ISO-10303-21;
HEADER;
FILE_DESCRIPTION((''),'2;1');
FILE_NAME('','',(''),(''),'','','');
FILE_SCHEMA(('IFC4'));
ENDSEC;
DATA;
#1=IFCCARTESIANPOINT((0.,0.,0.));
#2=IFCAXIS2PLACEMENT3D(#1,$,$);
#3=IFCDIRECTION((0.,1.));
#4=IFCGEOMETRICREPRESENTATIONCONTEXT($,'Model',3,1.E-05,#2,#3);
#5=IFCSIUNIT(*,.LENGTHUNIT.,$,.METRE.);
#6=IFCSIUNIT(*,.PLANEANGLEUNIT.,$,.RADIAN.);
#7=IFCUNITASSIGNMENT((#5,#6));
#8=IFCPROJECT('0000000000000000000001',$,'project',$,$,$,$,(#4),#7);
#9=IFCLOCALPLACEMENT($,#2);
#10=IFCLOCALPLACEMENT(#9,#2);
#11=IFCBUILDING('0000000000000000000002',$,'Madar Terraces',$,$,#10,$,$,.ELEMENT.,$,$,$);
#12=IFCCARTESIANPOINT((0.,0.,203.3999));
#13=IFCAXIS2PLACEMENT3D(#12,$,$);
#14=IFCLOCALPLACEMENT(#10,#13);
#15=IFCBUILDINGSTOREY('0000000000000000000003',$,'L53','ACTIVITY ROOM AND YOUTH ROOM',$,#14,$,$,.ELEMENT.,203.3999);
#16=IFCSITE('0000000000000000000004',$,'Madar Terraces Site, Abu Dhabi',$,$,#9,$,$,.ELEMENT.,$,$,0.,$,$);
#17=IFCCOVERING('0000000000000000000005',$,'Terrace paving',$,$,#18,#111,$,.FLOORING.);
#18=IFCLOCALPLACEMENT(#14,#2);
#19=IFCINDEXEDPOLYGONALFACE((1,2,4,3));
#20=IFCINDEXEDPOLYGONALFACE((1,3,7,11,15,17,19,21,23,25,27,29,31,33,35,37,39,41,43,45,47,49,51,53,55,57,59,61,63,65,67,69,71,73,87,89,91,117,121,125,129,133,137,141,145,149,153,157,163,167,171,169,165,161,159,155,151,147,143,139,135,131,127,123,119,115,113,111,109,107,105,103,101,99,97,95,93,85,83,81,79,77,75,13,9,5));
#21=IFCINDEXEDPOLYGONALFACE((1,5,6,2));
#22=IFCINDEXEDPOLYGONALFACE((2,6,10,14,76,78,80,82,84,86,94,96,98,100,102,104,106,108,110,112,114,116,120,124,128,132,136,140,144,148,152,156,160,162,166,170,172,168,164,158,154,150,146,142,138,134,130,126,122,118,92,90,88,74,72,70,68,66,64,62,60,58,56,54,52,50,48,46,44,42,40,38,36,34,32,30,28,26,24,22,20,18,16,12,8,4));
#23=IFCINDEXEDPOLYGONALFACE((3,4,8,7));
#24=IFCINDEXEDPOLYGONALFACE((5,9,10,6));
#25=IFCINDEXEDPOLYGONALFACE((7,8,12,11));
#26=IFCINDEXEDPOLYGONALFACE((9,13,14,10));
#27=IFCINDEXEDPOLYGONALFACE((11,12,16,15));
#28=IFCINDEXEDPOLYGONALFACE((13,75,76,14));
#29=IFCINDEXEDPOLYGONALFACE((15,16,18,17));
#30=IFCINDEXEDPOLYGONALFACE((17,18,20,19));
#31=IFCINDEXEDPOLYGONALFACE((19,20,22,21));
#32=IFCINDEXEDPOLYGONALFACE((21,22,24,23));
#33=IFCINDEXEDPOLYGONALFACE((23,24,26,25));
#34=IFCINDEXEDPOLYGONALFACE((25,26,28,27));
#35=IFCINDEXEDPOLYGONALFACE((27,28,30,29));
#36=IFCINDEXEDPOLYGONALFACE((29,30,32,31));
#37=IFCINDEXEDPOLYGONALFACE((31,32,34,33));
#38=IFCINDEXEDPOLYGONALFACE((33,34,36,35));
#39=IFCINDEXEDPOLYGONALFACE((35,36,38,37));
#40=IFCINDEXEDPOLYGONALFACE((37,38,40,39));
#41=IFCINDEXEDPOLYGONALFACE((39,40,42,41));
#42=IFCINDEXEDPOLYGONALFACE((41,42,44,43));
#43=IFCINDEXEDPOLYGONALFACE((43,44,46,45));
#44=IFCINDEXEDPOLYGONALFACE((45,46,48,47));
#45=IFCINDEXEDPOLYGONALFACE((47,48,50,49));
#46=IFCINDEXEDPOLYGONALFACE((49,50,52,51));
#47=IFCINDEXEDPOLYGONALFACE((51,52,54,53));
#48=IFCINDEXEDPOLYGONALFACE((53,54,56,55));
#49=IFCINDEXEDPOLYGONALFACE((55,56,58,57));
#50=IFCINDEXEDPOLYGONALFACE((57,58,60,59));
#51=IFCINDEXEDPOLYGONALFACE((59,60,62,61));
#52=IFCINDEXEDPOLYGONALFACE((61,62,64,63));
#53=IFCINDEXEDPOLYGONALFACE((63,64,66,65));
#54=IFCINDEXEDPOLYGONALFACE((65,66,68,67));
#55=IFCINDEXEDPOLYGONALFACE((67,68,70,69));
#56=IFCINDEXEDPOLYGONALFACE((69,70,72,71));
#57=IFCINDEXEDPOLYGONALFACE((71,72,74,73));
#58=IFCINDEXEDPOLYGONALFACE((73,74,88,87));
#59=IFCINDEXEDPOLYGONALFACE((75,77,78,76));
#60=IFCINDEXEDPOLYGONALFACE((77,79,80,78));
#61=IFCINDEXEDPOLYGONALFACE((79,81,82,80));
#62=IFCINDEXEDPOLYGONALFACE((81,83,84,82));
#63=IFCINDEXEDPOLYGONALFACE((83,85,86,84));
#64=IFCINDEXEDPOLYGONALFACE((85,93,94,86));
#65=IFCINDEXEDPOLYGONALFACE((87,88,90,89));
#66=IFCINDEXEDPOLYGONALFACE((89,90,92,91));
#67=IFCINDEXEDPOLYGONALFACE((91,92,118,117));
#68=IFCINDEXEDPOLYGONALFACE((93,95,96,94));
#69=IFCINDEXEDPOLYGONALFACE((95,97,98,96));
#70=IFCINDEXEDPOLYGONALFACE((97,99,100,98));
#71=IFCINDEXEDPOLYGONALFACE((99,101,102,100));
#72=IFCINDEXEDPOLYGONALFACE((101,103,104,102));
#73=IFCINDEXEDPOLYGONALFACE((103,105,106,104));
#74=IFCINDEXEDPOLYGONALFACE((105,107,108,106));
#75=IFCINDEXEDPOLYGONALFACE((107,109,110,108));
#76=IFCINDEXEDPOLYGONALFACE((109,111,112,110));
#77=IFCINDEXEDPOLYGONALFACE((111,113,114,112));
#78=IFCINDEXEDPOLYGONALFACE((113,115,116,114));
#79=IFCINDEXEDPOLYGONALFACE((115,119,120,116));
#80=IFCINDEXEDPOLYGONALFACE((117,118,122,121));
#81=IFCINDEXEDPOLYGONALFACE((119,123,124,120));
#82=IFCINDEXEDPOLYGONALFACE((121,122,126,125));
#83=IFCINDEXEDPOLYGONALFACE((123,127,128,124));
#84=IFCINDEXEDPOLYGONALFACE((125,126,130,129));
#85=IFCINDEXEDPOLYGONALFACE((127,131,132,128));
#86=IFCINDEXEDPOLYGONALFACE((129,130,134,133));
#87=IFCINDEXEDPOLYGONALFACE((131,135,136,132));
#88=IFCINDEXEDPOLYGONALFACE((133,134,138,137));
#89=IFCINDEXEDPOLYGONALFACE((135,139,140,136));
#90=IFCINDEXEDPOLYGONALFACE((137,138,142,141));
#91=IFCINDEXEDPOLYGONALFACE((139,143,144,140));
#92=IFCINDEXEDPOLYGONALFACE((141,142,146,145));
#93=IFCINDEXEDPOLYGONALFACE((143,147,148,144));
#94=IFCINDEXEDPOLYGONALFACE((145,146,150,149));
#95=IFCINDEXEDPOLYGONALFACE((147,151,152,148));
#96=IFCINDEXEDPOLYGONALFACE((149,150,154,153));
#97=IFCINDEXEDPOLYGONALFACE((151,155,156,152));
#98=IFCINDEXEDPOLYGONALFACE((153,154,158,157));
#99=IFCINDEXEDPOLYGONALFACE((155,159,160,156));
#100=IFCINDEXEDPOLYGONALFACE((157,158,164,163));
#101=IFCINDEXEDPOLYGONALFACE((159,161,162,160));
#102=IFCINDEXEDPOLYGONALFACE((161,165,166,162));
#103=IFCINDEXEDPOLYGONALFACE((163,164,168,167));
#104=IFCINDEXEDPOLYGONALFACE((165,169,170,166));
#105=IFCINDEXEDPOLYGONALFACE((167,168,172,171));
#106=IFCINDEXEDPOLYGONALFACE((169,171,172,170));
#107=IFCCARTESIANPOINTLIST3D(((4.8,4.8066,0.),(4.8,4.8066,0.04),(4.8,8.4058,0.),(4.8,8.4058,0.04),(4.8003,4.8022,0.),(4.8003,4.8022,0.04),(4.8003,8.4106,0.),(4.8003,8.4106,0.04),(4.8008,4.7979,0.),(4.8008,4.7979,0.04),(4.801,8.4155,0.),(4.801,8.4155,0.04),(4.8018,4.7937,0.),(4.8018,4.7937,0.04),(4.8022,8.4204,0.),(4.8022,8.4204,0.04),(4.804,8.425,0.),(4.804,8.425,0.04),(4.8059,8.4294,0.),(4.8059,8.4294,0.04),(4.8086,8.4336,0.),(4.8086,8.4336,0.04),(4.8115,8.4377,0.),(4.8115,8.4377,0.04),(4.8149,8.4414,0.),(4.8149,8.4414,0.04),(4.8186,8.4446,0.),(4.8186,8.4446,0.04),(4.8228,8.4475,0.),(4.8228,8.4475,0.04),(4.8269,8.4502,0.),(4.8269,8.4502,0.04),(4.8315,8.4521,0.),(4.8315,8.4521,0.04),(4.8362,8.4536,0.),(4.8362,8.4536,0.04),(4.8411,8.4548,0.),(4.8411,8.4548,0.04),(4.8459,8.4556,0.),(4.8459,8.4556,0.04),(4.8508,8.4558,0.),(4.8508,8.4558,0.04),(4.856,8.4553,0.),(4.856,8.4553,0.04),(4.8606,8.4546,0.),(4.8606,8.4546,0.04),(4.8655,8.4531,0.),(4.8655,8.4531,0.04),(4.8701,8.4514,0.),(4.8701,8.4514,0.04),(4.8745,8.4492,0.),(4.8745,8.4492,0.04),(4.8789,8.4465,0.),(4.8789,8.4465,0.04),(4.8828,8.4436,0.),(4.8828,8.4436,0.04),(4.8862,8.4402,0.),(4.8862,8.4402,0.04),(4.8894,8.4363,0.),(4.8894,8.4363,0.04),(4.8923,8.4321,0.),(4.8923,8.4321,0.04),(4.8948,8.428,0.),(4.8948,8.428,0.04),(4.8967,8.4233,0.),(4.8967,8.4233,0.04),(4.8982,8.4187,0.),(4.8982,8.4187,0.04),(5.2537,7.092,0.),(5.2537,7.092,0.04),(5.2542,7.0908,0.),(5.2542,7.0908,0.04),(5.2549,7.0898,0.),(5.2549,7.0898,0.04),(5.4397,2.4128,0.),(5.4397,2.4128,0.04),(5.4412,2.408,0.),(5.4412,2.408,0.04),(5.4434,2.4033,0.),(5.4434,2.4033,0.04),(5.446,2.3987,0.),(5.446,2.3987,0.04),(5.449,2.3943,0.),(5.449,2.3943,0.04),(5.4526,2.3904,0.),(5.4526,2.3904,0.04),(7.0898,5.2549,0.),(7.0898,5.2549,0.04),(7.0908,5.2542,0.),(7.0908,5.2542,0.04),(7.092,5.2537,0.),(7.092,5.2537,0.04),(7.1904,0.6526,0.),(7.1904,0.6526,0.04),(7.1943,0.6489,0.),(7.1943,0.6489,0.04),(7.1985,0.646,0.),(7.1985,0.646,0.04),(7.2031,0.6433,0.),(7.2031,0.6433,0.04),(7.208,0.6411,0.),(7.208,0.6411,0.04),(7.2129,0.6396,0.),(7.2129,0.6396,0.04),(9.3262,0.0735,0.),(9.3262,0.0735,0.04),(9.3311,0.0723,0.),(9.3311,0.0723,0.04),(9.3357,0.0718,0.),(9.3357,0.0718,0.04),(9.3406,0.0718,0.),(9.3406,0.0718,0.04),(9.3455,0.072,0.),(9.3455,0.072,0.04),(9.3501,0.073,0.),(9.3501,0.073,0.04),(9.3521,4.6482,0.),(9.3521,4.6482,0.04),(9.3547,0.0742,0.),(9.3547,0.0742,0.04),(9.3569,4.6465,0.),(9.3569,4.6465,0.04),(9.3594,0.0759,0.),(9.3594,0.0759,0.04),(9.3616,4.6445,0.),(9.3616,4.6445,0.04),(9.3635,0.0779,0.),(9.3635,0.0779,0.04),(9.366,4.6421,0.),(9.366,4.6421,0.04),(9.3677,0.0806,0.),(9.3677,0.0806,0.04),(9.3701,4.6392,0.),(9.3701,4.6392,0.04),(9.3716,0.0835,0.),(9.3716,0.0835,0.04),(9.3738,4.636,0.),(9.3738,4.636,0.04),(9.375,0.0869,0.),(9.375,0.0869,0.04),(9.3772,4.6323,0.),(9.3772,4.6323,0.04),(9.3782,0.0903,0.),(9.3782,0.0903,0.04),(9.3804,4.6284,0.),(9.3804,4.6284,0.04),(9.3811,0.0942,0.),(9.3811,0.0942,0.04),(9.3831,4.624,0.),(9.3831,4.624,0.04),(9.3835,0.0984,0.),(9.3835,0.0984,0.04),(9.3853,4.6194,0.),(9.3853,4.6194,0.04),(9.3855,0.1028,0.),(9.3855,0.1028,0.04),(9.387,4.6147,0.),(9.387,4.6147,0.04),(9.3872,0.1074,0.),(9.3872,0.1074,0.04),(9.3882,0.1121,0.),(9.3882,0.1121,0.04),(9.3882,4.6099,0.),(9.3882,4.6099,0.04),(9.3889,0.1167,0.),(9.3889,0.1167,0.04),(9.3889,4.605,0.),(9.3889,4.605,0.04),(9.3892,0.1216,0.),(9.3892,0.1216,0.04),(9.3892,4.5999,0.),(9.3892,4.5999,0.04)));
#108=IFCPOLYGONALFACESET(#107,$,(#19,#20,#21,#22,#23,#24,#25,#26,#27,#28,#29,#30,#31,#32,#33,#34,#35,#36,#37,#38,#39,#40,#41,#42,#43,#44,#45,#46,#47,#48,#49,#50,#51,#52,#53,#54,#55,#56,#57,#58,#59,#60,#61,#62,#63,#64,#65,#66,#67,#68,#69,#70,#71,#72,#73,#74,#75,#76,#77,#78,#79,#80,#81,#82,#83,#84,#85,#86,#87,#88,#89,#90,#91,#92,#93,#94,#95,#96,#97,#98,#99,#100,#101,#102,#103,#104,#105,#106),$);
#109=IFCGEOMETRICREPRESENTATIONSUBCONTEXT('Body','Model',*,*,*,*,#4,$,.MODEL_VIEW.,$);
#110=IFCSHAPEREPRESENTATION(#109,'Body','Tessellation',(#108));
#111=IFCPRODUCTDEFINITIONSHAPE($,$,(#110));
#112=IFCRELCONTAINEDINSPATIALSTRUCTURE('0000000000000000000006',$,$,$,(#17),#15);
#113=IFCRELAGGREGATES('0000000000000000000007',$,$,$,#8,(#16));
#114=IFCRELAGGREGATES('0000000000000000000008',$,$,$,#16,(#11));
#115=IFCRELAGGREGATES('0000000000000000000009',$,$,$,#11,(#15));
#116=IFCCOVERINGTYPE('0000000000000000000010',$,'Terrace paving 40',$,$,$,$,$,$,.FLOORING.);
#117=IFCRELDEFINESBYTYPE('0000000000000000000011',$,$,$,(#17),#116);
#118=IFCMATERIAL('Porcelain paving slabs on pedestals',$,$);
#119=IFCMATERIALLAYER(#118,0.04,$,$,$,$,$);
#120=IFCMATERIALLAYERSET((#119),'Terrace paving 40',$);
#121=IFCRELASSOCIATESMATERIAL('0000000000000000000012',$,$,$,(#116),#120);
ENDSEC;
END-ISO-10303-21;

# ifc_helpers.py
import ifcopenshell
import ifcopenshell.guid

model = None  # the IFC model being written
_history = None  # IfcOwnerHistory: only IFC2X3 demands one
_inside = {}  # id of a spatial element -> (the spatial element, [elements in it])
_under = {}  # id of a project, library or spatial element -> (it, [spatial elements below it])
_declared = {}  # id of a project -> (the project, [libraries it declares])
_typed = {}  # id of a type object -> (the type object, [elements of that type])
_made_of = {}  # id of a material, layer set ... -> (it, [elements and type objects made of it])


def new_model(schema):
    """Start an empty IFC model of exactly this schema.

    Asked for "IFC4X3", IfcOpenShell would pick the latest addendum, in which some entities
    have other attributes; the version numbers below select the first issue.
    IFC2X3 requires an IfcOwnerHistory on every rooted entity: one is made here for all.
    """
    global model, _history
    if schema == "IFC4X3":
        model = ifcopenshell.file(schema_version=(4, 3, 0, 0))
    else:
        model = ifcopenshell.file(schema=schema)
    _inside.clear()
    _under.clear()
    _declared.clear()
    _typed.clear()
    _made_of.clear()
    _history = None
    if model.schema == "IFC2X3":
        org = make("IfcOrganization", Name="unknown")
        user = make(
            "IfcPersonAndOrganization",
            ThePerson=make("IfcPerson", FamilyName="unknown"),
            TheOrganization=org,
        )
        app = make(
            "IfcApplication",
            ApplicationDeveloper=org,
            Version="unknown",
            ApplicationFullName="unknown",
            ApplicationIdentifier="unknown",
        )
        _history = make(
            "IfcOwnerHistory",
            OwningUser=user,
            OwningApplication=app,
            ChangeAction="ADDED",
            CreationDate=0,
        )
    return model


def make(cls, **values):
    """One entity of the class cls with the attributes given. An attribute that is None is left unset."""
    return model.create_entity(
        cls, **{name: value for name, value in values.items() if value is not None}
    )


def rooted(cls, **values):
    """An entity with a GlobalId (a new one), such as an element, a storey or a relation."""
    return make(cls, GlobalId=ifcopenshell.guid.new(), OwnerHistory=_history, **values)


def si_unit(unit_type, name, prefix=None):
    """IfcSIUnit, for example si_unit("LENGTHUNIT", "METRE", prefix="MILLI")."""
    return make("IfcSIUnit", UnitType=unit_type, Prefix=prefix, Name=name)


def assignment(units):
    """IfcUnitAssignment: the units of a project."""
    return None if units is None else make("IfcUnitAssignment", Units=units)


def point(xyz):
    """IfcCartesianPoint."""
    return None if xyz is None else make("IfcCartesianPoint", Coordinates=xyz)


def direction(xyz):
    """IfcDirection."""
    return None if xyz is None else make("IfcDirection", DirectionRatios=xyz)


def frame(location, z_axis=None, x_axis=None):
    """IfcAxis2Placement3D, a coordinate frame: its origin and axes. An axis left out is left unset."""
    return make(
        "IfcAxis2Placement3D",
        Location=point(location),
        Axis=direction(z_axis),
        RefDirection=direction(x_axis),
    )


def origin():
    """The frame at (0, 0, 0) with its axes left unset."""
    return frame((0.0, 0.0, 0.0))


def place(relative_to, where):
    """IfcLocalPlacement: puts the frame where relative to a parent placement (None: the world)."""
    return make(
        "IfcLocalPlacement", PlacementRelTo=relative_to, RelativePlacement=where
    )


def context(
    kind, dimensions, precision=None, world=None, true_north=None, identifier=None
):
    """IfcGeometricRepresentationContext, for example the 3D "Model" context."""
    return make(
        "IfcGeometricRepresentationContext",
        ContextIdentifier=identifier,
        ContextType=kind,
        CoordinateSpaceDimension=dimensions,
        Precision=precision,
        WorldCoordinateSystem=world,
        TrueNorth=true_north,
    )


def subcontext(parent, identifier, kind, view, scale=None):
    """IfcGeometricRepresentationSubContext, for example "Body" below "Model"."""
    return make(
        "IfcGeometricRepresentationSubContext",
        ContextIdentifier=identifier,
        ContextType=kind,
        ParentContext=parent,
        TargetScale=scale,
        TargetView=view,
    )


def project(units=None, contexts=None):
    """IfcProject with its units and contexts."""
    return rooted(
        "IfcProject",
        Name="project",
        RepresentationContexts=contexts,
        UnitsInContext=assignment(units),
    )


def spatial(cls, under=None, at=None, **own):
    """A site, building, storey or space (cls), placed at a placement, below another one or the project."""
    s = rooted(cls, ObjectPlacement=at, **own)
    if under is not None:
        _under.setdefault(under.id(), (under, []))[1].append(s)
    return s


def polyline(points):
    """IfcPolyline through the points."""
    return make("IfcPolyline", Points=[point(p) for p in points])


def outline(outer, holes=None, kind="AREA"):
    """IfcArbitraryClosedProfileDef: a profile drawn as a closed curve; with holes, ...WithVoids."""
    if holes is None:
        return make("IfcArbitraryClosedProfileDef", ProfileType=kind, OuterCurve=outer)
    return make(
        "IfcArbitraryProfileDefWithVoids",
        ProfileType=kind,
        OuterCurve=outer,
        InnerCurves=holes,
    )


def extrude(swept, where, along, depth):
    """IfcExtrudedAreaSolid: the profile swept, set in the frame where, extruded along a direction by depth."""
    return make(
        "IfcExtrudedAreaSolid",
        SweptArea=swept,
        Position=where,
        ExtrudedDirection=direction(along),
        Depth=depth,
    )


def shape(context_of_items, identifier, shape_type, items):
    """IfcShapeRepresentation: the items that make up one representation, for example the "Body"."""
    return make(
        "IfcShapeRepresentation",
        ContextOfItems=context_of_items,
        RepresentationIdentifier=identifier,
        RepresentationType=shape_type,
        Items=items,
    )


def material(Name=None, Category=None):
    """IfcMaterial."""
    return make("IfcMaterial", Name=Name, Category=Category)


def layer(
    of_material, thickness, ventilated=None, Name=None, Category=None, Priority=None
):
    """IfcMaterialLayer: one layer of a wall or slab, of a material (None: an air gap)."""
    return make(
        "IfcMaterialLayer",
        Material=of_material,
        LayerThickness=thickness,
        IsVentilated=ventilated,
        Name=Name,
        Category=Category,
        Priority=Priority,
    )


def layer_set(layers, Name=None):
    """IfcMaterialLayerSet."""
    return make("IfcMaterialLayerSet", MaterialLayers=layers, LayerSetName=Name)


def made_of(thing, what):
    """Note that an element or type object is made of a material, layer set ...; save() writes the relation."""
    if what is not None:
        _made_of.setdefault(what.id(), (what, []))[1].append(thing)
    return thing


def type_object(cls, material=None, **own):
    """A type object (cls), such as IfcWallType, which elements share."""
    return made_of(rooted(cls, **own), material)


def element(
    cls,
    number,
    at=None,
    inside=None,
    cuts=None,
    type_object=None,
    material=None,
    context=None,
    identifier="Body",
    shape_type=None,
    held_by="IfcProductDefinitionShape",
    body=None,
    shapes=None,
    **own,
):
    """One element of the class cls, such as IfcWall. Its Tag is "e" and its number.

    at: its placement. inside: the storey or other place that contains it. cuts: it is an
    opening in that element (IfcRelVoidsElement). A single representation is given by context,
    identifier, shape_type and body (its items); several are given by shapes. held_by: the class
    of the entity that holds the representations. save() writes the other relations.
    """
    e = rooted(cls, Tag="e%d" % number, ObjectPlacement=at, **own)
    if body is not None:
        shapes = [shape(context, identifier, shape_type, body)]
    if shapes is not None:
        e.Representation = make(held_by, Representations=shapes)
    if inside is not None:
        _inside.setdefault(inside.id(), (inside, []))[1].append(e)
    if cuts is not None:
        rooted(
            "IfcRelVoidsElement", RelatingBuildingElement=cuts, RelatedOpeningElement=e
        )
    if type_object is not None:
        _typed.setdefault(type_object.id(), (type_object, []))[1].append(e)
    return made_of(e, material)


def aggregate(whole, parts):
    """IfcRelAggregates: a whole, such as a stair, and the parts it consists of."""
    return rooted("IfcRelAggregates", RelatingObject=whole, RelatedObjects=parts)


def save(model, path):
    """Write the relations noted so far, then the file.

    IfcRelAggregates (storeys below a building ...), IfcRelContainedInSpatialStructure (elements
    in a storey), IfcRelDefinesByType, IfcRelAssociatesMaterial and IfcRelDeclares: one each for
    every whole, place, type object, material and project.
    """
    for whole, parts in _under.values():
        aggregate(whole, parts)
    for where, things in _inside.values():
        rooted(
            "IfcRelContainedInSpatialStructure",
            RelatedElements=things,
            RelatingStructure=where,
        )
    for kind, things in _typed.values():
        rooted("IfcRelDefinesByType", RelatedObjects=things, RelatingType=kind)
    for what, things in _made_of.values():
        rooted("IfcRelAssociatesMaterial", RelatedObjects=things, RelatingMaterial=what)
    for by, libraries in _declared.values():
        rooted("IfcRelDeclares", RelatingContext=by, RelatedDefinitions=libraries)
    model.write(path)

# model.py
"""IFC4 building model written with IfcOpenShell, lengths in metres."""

from ifc_helpers import new_model, si_unit, direction, frame, origin, place, context, subcontext, project, spatial, polyline, outline, extrude, material, layer, layer_set, type_object, element, save


model = new_model("IFC4")

# Units and contexts
model_context = context("Model", 3, precision=1e-05, world=origin(), true_north=direction((0.0, 1.0)))
body_context = subcontext(model_context, "Body", "Model", "MODEL_VIEW")
ifc_project = project(units=[si_unit("LENGTHUNIT", "METRE"), si_unit("PLANEANGLEUNIT", "RADIAN")], contexts=[model_context])

# Site, building, storey
site_placement = place(None, origin())
site = spatial("IfcSite", under=ifc_project, at=site_placement, Name="Madar Terraces Site, Abu Dhabi", CompositionType="ELEMENT", RefElevation=0.0)
building_placement = place(site_placement, origin())
building = spatial("IfcBuilding", under=site, at=building_placement, Name="Madar Terraces", CompositionType="ELEMENT")
storey_placement = place(building_placement, frame((0.0, 0.0, 203.3999)))
storey = spatial("IfcBuildingStorey", under=building, at=storey_placement, Name="L53", Description="ACTIVITY ROOM AND YOUTH ROOM", CompositionType="ELEMENT", Elevation=203.3999)

# Covering
ifc_material_1 = material(Name="Porcelain paving slabs on pedestals")
ifc_layer_1 = layer(ifc_material_1, 0.04)
ifc_layer_set_1 = layer_set([ifc_layer_1], Name="Terrace paving 40")
covering_type = type_object("IfcCoveringType", Name="Terrace paving 40", PredefinedType="FLOORING", material=ifc_layer_set_1)
covering_1_placement = place(storey_placement, origin())
element("IfcCovering", 1, at=covering_1_placement, inside=storey, type_object=covering_type, Name="Terrace paving", PredefinedType="FLOORING", context=body_context, shape_type="SweptSolid", body=[
    extrude(outline(polyline([(7.0908, 5.2542), (7.092, 5.2537), (9.3521, 4.6482), (9.3569, 4.6465), (9.3616, 4.6445), (9.366, 4.6421), (9.3701, 4.6392), (9.3738, 4.636), (9.3772, 4.6323), (9.3804, 4.6284), (9.3831, 4.624), (9.3853, 4.6194), (9.387, 4.6147), (9.3882, 4.6099), (9.3889, 4.605), (9.3892, 4.5999), (9.3892, 0.1216), (9.3889, 0.1167), (9.3882, 0.1121), (9.3872, 0.1074), (9.3855, 0.1028), (9.3835, 0.0984), (9.3811, 0.0942), (9.3782, 0.0903), (9.375, 0.0869), (9.3716, 0.0835), (9.3677, 0.0806), (9.3635, 0.0779), (9.3594, 0.0759), (9.3547, 0.0742), (9.3501, 0.073), (9.3455, 0.072), (9.3406, 0.0718), (9.3357, 0.0718), (9.3311, 0.0723), (9.3262, 0.0735), (7.2129, 0.6396), (7.208, 0.6411), (7.2031, 0.6433), (7.1985, 0.646), (7.1943, 0.6489), (7.1904, 0.6526), (5.4526, 2.3904), (5.449, 2.3943), (5.446, 2.3987), (5.4434, 2.4033), (5.4412, 2.408), (5.4397, 2.4128), (4.8018, 4.7937), (4.8008, 4.7979), (4.8003, 4.8022), (4.8, 4.8066), (4.8, 8.4058), (4.8003, 8.4106), (4.801, 8.4155), (4.8022, 8.4204), (4.804, 8.425), (4.8059, 8.4294), (4.8086, 8.4336), (4.8115, 8.4377), (4.8149, 8.4414), (4.8186, 8.4446), (4.8228, 8.4475), (4.8269, 8.4502), (4.8315, 8.4521), (4.8362, 8.4536), (4.8411, 8.4548), (4.8459, 8.4556), (4.8508, 8.4558), (4.856, 8.4553), (4.8606, 8.4546), (4.8655, 8.4531), (4.8701, 8.4514), (4.8745, 8.4492), (4.8789, 8.4465), (4.8828, 8.4436), (4.8862, 8.4402), (4.8894, 8.4363), (4.8923, 8.4321), (4.8948, 8.428), (4.8967, 8.4233), (4.8982, 8.4187), (5.2537, 7.092), (5.2542, 7.0908), (5.2549, 7.0898), (7.0898, 5.2549), (7.0908, 5.2542)])), origin(), (0.0, 0.0, 1.0), 0.04),
])

save(model, "model.ifc")
